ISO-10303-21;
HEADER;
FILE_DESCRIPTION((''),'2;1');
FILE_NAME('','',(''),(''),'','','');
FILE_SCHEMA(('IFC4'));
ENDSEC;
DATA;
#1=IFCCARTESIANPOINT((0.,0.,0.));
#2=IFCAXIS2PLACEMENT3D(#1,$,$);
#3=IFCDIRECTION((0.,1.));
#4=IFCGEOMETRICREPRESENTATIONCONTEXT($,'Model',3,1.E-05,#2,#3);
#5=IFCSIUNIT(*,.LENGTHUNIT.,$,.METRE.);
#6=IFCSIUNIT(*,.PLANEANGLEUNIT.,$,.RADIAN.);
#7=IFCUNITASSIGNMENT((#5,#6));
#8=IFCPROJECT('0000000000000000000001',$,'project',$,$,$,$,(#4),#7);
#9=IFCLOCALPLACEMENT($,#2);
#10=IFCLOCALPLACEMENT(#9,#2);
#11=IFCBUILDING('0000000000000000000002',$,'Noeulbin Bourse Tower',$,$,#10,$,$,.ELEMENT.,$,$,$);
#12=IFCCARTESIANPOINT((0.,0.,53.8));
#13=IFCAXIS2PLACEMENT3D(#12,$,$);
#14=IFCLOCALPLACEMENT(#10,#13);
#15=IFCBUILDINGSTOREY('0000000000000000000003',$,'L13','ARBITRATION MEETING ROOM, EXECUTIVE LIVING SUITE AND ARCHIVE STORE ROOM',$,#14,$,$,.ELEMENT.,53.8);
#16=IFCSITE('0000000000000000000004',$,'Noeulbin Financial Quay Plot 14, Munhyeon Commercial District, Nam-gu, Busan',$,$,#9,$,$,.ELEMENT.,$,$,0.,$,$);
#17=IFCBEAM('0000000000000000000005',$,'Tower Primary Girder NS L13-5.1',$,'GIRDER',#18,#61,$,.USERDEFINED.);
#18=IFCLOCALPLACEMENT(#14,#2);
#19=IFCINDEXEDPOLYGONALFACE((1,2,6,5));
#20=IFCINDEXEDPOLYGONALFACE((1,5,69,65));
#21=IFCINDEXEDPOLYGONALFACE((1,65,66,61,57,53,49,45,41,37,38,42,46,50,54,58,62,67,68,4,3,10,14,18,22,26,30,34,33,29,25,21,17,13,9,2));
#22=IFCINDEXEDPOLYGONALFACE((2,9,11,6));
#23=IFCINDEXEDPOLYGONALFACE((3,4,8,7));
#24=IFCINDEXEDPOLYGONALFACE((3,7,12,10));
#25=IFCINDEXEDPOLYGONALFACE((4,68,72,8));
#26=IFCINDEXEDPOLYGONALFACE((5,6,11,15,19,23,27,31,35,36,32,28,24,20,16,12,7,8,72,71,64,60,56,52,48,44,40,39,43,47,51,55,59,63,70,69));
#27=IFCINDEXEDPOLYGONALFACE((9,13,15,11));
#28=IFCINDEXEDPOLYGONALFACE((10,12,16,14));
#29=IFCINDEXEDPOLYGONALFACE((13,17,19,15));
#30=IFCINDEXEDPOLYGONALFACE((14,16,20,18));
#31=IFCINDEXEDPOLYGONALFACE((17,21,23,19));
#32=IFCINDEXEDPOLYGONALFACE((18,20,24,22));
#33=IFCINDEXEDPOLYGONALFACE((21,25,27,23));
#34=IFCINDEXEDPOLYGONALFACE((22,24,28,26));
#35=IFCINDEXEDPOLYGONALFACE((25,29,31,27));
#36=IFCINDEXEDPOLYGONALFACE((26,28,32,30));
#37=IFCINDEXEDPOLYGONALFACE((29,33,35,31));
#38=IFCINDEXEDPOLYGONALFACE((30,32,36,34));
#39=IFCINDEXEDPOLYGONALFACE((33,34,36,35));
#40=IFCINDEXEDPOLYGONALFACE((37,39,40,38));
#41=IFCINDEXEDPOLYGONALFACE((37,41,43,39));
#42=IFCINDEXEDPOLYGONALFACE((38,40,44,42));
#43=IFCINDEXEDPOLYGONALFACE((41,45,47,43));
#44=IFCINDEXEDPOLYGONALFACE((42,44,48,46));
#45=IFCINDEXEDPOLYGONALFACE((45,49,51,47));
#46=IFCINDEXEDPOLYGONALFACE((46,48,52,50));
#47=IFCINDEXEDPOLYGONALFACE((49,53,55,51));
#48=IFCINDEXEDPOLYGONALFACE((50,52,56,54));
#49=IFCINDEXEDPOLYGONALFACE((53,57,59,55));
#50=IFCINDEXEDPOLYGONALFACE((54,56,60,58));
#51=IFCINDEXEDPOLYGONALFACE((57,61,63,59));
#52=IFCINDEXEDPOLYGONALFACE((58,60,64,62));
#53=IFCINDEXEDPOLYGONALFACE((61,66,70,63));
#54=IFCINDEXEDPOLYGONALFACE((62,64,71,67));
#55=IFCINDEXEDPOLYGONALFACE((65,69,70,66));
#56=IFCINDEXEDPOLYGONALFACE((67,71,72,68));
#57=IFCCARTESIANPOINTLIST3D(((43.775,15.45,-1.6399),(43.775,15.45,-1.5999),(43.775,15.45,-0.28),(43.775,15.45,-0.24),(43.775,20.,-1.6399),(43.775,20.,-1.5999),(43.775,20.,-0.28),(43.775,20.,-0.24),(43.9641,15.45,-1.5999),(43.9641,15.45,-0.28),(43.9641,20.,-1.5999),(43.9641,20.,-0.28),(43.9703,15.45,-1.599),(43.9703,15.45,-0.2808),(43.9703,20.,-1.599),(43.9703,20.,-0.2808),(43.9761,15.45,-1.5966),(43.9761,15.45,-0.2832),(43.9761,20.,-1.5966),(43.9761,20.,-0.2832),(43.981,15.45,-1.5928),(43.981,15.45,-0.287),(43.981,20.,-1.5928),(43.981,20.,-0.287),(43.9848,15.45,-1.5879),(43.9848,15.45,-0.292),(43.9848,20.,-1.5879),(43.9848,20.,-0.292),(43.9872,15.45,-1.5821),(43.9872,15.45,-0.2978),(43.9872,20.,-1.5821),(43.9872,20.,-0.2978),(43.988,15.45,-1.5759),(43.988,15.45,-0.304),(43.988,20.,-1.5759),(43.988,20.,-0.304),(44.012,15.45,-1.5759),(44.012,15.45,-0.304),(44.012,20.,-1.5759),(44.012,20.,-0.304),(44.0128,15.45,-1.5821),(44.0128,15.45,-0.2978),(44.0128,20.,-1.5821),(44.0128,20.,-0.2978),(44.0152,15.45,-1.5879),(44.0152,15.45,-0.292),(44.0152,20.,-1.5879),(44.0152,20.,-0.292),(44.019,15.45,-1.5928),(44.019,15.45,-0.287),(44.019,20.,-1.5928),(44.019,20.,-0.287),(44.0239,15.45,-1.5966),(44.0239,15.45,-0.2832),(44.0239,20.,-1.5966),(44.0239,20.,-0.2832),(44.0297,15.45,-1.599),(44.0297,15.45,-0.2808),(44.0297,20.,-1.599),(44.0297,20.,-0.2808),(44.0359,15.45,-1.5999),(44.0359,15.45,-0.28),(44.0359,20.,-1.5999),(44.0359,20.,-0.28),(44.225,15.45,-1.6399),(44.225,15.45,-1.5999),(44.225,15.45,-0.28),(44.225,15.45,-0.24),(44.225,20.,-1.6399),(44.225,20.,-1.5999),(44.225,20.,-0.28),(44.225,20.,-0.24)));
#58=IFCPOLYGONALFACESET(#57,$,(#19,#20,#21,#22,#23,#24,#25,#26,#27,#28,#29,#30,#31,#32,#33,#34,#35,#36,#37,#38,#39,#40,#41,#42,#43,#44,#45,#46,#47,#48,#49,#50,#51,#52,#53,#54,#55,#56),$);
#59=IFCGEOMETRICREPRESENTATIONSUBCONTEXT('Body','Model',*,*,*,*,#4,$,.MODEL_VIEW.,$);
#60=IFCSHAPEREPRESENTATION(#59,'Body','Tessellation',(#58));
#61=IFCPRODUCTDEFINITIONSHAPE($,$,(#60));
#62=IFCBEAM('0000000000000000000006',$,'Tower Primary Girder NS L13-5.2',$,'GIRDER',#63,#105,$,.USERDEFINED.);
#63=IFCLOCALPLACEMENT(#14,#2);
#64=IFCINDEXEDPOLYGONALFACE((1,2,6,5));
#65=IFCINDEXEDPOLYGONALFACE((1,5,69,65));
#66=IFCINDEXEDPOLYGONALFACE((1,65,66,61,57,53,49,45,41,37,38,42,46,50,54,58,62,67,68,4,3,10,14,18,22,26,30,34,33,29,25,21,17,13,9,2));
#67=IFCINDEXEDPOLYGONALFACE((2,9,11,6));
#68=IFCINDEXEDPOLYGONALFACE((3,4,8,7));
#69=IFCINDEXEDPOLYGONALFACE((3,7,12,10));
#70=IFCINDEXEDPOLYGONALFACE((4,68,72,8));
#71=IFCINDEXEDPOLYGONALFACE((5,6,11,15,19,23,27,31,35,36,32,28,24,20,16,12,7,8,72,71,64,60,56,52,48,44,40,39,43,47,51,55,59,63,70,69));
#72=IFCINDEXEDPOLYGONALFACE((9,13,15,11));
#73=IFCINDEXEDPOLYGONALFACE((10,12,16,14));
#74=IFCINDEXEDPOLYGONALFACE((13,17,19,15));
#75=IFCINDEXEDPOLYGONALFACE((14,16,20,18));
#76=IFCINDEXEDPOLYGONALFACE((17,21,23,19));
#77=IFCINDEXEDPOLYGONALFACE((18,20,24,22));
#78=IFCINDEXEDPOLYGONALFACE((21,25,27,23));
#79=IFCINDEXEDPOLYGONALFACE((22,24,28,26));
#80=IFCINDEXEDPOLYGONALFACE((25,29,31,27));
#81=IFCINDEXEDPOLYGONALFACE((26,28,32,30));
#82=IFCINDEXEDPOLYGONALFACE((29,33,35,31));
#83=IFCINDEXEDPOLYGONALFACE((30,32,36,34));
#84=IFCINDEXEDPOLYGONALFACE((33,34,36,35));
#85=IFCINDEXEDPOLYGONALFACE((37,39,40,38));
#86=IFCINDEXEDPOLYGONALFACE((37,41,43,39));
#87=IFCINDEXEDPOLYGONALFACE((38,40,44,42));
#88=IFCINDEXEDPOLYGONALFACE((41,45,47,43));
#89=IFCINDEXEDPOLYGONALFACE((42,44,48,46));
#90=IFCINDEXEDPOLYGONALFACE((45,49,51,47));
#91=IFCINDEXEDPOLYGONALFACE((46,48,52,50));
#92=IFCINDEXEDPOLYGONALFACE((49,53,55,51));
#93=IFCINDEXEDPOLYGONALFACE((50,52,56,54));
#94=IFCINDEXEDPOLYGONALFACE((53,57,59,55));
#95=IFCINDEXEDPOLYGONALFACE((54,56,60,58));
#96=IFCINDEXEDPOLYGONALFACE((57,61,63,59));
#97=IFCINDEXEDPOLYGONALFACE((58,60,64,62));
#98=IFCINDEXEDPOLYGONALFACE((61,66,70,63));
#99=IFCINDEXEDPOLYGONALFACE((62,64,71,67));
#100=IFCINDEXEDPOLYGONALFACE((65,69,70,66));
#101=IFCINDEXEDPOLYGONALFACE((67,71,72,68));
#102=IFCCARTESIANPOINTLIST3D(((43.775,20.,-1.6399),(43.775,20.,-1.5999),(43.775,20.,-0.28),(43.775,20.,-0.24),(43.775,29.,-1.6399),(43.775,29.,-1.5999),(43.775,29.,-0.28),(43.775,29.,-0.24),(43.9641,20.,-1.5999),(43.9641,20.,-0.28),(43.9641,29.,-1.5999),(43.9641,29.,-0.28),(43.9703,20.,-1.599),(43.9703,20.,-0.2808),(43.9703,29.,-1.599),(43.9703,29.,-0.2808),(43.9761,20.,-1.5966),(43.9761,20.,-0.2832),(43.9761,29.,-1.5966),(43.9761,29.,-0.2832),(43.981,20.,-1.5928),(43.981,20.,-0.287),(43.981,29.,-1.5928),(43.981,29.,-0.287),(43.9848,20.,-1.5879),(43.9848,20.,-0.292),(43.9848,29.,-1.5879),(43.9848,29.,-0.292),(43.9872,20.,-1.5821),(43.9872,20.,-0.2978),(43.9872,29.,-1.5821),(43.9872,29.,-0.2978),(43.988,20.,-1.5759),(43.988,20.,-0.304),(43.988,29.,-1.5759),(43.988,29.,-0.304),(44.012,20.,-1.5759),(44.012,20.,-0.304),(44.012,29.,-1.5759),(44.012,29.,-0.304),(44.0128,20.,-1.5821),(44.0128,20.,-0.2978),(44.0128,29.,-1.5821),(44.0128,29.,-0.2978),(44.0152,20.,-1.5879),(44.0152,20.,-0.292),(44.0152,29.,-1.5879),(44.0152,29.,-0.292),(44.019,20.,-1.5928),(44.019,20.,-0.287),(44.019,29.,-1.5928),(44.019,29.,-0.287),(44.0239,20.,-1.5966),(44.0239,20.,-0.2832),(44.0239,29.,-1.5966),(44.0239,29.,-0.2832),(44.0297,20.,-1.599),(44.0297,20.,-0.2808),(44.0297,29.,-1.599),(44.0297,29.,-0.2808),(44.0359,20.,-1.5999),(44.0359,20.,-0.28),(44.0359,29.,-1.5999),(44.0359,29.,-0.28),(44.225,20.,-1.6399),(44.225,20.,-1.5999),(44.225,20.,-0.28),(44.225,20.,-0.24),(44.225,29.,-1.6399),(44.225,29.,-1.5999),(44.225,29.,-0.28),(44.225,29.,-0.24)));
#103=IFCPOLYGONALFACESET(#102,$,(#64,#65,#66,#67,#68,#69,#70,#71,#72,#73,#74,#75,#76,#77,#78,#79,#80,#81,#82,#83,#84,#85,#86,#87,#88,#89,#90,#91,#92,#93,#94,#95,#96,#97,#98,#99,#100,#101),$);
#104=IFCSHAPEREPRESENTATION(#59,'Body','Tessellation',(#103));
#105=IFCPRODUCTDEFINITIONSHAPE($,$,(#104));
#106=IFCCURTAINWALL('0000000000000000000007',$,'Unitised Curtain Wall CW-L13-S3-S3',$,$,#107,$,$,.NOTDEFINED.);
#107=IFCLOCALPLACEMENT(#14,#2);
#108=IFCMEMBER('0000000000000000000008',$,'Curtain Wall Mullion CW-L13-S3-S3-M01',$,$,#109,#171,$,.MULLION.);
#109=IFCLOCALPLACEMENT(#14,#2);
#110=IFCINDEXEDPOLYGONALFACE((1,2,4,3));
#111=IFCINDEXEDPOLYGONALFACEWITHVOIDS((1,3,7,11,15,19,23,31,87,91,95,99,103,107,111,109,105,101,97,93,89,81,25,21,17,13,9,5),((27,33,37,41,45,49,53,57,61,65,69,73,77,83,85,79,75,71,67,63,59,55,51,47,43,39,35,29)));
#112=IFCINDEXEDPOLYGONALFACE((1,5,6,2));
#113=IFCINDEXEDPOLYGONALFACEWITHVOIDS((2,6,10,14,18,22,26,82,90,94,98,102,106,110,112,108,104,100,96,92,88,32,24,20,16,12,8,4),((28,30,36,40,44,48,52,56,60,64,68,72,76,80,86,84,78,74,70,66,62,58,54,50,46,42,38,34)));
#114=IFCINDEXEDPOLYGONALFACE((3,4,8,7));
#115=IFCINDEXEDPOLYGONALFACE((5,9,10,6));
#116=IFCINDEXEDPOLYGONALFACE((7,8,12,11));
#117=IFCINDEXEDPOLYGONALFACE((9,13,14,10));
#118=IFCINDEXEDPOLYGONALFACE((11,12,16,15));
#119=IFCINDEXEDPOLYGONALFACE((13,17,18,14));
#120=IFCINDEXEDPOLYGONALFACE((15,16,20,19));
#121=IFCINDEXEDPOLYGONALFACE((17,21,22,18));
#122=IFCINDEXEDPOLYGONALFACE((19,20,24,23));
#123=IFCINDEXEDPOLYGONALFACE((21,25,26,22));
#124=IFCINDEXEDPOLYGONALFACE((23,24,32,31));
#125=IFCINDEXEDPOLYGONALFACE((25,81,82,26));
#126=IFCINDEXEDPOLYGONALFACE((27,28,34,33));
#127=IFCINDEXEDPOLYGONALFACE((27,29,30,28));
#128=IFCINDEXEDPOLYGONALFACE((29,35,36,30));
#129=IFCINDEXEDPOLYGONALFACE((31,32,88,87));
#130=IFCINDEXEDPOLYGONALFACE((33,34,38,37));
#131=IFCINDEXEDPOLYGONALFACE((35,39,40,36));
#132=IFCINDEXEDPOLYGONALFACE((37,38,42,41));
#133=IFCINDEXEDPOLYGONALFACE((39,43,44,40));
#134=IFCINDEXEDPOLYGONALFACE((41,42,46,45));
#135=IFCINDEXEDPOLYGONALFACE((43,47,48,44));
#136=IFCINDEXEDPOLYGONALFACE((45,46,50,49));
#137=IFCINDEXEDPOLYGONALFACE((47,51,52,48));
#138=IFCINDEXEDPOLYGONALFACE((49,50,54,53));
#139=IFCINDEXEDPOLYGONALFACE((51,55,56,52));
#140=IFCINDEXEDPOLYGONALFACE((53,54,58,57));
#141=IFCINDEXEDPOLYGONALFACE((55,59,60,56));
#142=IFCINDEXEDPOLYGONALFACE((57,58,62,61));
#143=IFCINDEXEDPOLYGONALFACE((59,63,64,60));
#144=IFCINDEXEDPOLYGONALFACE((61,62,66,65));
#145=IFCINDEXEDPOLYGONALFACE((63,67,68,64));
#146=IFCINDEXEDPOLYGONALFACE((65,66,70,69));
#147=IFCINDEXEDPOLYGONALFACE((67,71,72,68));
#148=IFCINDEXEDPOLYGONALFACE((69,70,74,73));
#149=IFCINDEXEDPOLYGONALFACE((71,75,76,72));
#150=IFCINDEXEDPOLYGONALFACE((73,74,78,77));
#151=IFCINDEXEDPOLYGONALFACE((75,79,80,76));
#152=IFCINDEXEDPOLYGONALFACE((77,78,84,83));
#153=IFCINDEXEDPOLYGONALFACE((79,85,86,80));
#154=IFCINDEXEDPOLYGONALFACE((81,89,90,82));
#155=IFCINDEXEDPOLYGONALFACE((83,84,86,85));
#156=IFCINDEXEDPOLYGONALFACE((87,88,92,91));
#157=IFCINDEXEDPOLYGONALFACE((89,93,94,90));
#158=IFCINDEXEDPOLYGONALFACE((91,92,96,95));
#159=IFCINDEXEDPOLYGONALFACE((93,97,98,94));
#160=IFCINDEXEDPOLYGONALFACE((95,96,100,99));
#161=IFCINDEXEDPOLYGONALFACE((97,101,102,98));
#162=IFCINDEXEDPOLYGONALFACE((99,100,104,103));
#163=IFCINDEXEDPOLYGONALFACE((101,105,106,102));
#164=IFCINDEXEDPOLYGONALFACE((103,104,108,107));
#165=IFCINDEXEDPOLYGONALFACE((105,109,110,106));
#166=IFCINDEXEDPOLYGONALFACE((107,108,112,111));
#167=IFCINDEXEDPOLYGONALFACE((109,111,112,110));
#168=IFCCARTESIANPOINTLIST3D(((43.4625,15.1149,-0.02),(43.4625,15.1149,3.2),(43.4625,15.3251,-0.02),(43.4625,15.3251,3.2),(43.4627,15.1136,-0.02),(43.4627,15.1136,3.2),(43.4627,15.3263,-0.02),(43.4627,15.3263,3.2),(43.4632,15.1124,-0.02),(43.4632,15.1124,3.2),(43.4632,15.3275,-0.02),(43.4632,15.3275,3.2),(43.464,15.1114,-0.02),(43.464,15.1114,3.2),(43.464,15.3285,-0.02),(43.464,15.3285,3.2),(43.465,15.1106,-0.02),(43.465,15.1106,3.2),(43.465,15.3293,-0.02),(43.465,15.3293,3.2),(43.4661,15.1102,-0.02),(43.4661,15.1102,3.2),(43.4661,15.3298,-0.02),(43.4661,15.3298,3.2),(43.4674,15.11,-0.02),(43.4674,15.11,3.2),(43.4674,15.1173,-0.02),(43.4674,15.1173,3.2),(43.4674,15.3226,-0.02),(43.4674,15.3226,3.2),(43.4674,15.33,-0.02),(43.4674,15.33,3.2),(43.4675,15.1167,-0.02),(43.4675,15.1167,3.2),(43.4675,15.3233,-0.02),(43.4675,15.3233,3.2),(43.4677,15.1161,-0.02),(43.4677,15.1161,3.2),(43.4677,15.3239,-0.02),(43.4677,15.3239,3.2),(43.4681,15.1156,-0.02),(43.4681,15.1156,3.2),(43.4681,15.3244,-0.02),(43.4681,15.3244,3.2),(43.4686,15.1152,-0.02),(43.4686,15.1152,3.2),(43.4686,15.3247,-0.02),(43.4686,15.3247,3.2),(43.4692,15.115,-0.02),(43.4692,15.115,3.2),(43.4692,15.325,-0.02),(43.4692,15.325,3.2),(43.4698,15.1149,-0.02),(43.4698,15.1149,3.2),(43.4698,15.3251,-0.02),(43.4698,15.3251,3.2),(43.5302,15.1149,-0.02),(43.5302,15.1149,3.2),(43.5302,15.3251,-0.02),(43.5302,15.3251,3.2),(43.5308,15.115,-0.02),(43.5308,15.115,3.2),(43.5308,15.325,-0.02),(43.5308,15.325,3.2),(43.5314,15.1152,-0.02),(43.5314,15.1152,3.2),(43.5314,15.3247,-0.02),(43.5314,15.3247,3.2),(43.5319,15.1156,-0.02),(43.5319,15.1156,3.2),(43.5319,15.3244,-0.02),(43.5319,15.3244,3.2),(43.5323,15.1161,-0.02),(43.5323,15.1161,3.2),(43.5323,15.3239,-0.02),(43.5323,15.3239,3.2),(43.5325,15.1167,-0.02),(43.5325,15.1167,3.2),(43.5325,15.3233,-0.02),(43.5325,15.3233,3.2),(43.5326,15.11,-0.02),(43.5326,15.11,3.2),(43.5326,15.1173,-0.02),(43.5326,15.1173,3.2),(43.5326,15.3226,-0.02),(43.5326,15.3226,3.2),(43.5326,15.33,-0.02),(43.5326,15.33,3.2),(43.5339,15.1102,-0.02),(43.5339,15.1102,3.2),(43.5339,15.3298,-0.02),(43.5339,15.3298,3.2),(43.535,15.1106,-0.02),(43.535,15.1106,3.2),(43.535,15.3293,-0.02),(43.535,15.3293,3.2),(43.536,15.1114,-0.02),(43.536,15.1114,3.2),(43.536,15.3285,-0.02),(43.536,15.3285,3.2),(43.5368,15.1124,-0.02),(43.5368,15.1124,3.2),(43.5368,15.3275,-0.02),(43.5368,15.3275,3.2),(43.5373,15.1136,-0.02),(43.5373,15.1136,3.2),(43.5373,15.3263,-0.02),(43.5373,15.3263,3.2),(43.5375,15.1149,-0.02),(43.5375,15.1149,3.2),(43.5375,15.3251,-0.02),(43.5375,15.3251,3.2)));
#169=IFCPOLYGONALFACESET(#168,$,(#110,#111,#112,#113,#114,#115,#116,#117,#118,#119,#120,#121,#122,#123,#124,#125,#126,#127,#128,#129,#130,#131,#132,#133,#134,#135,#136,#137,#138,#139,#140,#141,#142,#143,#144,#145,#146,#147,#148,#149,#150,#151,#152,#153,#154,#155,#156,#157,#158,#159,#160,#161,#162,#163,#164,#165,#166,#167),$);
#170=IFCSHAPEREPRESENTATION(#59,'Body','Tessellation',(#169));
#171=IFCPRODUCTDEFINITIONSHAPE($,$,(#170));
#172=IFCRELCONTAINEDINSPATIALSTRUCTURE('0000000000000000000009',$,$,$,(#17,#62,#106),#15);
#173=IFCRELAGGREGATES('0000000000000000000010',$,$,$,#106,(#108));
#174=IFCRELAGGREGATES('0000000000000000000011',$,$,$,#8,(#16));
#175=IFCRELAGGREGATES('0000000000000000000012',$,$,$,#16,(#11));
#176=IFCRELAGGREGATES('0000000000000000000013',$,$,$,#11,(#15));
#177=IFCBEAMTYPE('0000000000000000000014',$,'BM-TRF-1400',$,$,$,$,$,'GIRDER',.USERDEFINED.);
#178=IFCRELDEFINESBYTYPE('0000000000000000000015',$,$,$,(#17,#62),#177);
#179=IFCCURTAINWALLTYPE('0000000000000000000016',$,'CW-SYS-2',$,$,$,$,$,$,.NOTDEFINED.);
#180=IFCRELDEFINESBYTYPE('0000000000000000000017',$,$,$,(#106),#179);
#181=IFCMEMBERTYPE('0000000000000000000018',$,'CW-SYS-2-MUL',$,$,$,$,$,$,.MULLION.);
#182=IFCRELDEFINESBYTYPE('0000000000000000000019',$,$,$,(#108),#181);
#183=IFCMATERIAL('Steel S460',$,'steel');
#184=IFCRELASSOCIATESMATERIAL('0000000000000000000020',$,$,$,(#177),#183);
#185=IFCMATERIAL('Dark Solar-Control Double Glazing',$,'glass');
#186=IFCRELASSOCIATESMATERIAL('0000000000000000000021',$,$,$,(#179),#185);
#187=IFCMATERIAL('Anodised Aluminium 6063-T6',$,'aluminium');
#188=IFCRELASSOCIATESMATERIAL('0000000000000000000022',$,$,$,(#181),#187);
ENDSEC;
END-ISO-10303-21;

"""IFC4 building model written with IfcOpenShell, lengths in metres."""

from ifc_helpers import new_model, si_unit, direction, frame, origin, origin_2d, place, context, subcontext, project, spatial, hollow_rectangle, i_section, extrude, material, material_profile, profile_set, type_object, element, aggregate, save


model = new_model("IFC4")

# Units and contexts
model_context = context("Model", 3, precision=1e-05, world=origin(), true_north=direction((0.0, 1.0)))
body_context = subcontext(model_context, "Body", "Model", "MODEL_VIEW")
ifc_project = project(units=[si_unit("LENGTHUNIT", "METRE"), si_unit("PLANEANGLEUNIT", "RADIAN")], contexts=[model_context])

# Site, building, storey
site_placement = place(None, origin())
site = spatial("IfcSite", under=ifc_project, at=site_placement, Name="Noeulbin Financial Quay Plot 14, Munhyeon Commercial District, Nam-gu, Busan", CompositionType="ELEMENT", RefElevation=0.0)
building_placement = place(site_placement, origin())
building = spatial("IfcBuilding", under=site, at=building_placement, Name="Noeulbin Bourse Tower", CompositionType="ELEMENT")
storey_placement = place(building_placement, frame((0.0, 0.0, 53.8)))
storey = spatial("IfcBuildingStorey", under=building, at=storey_placement, Name="L13", Description="ARBITRATION MEETING ROOM, EXECUTIVE LIVING SUITE AND ARCHIVE STORE ROOM", CompositionType="ELEMENT", Elevation=53.8)

# Shared definitions
ifc_material_1 = material(Name="Steel S460", Category="steel")

# Beams
ifc_material_profile_1 = material_profile(ifc_material_1, i_section(OverallWidth=0.45, OverallDepth=1.3999, WebThickness=0.0239, FlangeThickness=0.04, FilletRadius=0.0239, at=origin_2d()), Name="PG-1400x450x24x40", Category="LoadBearing")
ifc_profile_set_1 = profile_set([ifc_material_profile_1], Name="Steel S460")
beam_type_1 = type_object("IfcBeamType", Name="BM-TRF-1400", ElementType="GIRDER", PredefinedType="USERDEFINED", material=ifc_profile_set_1)
beam_1_placement = place(storey_placement, frame((44.0, 15.45, -0.9399), z_axis=(0.0, 1.0, 0.0), x_axis=(-1.0, 0.0, 0.0)))
element("IfcBeam", 1, at=beam_1_placement, inside=storey, type_object=beam_type_1, Name="Tower Primary Girder NS L13-5.1", ObjectType="GIRDER", PredefinedType="USERDEFINED", context=body_context, shape_type="SweptSolid", body=[
    extrude(i_section(OverallWidth=0.45, OverallDepth=1.3999, WebThickness=0.0239, FlangeThickness=0.04, FilletRadius=0.0239, at=origin_2d()), origin(), (0.0, 0.0, 1.0), 4.55),
])
beam_2_placement = place(storey_placement, frame((44.0, 20.0, -0.9399), z_axis=(0.0, 1.0, 0.0), x_axis=(-1.0, 0.0, 0.0)))
element("IfcBeam", 2, at=beam_2_placement, inside=storey, type_object=beam_type_1, Name="Tower Primary Girder NS L13-5.2", ObjectType="GIRDER", PredefinedType="USERDEFINED", context=body_context, shape_type="SweptSolid", body=[
    extrude(i_section(OverallWidth=0.45, OverallDepth=1.3999, WebThickness=0.0239, FlangeThickness=0.04, FilletRadius=0.0239, at=origin_2d()), origin(), (0.0, 0.0, 1.0), 9.0),
])

# Curtain wall, member
ifc_material_2 = material(Name="Dark Solar-Control Double Glazing", Category="glass")
curtain_wall_type = type_object("IfcCurtainWallType", Name="CW-SYS-2", PredefinedType="NOTDEFINED", material=ifc_material_2)
curtain_wall_1_placement = place(storey_placement, origin())
curtain_wall_1 = element("IfcCurtainWall", 3, at=curtain_wall_1_placement, inside=storey, type_object=curtain_wall_type, Name="Unitised Curtain Wall CW-L13-S3-S3", PredefinedType="NOTDEFINED")
ifc_material_3 = material(Name="Anodised Aluminium 6063-T6", Category="aluminium")
ifc_material_profile_2 = material_profile(ifc_material_3, hollow_rectangle(XDim=0.075, YDim=0.22, WallThickness=0.0049, InnerFilletRadius=0.0024, OuterFilletRadius=0.0049, at=origin_2d()), Name="ALU-MULL-75x220x5", Category="LoadBearing")
ifc_profile_set_2 = profile_set([ifc_material_profile_2], Name="Anodised Aluminium 6063-T6")
member_type = type_object("IfcMemberType", Name="CW-SYS-2-MUL", PredefinedType="MULLION", material=ifc_profile_set_2)
member_1_placement = place(storey_placement, frame((43.5, 15.22, -0.02), z_axis=(0.0, 0.0, 1.0), x_axis=(1.0, 0.0, 0.0)))
member_1 = element("IfcMember", 4, at=member_1_placement, type_object=member_type, Name="Curtain Wall Mullion CW-L13-S3-S3-M01", PredefinedType="MULLION", context=body_context, shape_type="SweptSolid", body=[
    extrude(hollow_rectangle(XDim=0.075, YDim=0.22, WallThickness=0.0049, InnerFilletRadius=0.0024, OuterFilletRadius=0.0049, at=origin_2d()), origin(), (0.0, 0.0, 1.0), 3.22),
])

aggregate(curtain_wall_1, [member_1])

save(model, "model.ifc")
